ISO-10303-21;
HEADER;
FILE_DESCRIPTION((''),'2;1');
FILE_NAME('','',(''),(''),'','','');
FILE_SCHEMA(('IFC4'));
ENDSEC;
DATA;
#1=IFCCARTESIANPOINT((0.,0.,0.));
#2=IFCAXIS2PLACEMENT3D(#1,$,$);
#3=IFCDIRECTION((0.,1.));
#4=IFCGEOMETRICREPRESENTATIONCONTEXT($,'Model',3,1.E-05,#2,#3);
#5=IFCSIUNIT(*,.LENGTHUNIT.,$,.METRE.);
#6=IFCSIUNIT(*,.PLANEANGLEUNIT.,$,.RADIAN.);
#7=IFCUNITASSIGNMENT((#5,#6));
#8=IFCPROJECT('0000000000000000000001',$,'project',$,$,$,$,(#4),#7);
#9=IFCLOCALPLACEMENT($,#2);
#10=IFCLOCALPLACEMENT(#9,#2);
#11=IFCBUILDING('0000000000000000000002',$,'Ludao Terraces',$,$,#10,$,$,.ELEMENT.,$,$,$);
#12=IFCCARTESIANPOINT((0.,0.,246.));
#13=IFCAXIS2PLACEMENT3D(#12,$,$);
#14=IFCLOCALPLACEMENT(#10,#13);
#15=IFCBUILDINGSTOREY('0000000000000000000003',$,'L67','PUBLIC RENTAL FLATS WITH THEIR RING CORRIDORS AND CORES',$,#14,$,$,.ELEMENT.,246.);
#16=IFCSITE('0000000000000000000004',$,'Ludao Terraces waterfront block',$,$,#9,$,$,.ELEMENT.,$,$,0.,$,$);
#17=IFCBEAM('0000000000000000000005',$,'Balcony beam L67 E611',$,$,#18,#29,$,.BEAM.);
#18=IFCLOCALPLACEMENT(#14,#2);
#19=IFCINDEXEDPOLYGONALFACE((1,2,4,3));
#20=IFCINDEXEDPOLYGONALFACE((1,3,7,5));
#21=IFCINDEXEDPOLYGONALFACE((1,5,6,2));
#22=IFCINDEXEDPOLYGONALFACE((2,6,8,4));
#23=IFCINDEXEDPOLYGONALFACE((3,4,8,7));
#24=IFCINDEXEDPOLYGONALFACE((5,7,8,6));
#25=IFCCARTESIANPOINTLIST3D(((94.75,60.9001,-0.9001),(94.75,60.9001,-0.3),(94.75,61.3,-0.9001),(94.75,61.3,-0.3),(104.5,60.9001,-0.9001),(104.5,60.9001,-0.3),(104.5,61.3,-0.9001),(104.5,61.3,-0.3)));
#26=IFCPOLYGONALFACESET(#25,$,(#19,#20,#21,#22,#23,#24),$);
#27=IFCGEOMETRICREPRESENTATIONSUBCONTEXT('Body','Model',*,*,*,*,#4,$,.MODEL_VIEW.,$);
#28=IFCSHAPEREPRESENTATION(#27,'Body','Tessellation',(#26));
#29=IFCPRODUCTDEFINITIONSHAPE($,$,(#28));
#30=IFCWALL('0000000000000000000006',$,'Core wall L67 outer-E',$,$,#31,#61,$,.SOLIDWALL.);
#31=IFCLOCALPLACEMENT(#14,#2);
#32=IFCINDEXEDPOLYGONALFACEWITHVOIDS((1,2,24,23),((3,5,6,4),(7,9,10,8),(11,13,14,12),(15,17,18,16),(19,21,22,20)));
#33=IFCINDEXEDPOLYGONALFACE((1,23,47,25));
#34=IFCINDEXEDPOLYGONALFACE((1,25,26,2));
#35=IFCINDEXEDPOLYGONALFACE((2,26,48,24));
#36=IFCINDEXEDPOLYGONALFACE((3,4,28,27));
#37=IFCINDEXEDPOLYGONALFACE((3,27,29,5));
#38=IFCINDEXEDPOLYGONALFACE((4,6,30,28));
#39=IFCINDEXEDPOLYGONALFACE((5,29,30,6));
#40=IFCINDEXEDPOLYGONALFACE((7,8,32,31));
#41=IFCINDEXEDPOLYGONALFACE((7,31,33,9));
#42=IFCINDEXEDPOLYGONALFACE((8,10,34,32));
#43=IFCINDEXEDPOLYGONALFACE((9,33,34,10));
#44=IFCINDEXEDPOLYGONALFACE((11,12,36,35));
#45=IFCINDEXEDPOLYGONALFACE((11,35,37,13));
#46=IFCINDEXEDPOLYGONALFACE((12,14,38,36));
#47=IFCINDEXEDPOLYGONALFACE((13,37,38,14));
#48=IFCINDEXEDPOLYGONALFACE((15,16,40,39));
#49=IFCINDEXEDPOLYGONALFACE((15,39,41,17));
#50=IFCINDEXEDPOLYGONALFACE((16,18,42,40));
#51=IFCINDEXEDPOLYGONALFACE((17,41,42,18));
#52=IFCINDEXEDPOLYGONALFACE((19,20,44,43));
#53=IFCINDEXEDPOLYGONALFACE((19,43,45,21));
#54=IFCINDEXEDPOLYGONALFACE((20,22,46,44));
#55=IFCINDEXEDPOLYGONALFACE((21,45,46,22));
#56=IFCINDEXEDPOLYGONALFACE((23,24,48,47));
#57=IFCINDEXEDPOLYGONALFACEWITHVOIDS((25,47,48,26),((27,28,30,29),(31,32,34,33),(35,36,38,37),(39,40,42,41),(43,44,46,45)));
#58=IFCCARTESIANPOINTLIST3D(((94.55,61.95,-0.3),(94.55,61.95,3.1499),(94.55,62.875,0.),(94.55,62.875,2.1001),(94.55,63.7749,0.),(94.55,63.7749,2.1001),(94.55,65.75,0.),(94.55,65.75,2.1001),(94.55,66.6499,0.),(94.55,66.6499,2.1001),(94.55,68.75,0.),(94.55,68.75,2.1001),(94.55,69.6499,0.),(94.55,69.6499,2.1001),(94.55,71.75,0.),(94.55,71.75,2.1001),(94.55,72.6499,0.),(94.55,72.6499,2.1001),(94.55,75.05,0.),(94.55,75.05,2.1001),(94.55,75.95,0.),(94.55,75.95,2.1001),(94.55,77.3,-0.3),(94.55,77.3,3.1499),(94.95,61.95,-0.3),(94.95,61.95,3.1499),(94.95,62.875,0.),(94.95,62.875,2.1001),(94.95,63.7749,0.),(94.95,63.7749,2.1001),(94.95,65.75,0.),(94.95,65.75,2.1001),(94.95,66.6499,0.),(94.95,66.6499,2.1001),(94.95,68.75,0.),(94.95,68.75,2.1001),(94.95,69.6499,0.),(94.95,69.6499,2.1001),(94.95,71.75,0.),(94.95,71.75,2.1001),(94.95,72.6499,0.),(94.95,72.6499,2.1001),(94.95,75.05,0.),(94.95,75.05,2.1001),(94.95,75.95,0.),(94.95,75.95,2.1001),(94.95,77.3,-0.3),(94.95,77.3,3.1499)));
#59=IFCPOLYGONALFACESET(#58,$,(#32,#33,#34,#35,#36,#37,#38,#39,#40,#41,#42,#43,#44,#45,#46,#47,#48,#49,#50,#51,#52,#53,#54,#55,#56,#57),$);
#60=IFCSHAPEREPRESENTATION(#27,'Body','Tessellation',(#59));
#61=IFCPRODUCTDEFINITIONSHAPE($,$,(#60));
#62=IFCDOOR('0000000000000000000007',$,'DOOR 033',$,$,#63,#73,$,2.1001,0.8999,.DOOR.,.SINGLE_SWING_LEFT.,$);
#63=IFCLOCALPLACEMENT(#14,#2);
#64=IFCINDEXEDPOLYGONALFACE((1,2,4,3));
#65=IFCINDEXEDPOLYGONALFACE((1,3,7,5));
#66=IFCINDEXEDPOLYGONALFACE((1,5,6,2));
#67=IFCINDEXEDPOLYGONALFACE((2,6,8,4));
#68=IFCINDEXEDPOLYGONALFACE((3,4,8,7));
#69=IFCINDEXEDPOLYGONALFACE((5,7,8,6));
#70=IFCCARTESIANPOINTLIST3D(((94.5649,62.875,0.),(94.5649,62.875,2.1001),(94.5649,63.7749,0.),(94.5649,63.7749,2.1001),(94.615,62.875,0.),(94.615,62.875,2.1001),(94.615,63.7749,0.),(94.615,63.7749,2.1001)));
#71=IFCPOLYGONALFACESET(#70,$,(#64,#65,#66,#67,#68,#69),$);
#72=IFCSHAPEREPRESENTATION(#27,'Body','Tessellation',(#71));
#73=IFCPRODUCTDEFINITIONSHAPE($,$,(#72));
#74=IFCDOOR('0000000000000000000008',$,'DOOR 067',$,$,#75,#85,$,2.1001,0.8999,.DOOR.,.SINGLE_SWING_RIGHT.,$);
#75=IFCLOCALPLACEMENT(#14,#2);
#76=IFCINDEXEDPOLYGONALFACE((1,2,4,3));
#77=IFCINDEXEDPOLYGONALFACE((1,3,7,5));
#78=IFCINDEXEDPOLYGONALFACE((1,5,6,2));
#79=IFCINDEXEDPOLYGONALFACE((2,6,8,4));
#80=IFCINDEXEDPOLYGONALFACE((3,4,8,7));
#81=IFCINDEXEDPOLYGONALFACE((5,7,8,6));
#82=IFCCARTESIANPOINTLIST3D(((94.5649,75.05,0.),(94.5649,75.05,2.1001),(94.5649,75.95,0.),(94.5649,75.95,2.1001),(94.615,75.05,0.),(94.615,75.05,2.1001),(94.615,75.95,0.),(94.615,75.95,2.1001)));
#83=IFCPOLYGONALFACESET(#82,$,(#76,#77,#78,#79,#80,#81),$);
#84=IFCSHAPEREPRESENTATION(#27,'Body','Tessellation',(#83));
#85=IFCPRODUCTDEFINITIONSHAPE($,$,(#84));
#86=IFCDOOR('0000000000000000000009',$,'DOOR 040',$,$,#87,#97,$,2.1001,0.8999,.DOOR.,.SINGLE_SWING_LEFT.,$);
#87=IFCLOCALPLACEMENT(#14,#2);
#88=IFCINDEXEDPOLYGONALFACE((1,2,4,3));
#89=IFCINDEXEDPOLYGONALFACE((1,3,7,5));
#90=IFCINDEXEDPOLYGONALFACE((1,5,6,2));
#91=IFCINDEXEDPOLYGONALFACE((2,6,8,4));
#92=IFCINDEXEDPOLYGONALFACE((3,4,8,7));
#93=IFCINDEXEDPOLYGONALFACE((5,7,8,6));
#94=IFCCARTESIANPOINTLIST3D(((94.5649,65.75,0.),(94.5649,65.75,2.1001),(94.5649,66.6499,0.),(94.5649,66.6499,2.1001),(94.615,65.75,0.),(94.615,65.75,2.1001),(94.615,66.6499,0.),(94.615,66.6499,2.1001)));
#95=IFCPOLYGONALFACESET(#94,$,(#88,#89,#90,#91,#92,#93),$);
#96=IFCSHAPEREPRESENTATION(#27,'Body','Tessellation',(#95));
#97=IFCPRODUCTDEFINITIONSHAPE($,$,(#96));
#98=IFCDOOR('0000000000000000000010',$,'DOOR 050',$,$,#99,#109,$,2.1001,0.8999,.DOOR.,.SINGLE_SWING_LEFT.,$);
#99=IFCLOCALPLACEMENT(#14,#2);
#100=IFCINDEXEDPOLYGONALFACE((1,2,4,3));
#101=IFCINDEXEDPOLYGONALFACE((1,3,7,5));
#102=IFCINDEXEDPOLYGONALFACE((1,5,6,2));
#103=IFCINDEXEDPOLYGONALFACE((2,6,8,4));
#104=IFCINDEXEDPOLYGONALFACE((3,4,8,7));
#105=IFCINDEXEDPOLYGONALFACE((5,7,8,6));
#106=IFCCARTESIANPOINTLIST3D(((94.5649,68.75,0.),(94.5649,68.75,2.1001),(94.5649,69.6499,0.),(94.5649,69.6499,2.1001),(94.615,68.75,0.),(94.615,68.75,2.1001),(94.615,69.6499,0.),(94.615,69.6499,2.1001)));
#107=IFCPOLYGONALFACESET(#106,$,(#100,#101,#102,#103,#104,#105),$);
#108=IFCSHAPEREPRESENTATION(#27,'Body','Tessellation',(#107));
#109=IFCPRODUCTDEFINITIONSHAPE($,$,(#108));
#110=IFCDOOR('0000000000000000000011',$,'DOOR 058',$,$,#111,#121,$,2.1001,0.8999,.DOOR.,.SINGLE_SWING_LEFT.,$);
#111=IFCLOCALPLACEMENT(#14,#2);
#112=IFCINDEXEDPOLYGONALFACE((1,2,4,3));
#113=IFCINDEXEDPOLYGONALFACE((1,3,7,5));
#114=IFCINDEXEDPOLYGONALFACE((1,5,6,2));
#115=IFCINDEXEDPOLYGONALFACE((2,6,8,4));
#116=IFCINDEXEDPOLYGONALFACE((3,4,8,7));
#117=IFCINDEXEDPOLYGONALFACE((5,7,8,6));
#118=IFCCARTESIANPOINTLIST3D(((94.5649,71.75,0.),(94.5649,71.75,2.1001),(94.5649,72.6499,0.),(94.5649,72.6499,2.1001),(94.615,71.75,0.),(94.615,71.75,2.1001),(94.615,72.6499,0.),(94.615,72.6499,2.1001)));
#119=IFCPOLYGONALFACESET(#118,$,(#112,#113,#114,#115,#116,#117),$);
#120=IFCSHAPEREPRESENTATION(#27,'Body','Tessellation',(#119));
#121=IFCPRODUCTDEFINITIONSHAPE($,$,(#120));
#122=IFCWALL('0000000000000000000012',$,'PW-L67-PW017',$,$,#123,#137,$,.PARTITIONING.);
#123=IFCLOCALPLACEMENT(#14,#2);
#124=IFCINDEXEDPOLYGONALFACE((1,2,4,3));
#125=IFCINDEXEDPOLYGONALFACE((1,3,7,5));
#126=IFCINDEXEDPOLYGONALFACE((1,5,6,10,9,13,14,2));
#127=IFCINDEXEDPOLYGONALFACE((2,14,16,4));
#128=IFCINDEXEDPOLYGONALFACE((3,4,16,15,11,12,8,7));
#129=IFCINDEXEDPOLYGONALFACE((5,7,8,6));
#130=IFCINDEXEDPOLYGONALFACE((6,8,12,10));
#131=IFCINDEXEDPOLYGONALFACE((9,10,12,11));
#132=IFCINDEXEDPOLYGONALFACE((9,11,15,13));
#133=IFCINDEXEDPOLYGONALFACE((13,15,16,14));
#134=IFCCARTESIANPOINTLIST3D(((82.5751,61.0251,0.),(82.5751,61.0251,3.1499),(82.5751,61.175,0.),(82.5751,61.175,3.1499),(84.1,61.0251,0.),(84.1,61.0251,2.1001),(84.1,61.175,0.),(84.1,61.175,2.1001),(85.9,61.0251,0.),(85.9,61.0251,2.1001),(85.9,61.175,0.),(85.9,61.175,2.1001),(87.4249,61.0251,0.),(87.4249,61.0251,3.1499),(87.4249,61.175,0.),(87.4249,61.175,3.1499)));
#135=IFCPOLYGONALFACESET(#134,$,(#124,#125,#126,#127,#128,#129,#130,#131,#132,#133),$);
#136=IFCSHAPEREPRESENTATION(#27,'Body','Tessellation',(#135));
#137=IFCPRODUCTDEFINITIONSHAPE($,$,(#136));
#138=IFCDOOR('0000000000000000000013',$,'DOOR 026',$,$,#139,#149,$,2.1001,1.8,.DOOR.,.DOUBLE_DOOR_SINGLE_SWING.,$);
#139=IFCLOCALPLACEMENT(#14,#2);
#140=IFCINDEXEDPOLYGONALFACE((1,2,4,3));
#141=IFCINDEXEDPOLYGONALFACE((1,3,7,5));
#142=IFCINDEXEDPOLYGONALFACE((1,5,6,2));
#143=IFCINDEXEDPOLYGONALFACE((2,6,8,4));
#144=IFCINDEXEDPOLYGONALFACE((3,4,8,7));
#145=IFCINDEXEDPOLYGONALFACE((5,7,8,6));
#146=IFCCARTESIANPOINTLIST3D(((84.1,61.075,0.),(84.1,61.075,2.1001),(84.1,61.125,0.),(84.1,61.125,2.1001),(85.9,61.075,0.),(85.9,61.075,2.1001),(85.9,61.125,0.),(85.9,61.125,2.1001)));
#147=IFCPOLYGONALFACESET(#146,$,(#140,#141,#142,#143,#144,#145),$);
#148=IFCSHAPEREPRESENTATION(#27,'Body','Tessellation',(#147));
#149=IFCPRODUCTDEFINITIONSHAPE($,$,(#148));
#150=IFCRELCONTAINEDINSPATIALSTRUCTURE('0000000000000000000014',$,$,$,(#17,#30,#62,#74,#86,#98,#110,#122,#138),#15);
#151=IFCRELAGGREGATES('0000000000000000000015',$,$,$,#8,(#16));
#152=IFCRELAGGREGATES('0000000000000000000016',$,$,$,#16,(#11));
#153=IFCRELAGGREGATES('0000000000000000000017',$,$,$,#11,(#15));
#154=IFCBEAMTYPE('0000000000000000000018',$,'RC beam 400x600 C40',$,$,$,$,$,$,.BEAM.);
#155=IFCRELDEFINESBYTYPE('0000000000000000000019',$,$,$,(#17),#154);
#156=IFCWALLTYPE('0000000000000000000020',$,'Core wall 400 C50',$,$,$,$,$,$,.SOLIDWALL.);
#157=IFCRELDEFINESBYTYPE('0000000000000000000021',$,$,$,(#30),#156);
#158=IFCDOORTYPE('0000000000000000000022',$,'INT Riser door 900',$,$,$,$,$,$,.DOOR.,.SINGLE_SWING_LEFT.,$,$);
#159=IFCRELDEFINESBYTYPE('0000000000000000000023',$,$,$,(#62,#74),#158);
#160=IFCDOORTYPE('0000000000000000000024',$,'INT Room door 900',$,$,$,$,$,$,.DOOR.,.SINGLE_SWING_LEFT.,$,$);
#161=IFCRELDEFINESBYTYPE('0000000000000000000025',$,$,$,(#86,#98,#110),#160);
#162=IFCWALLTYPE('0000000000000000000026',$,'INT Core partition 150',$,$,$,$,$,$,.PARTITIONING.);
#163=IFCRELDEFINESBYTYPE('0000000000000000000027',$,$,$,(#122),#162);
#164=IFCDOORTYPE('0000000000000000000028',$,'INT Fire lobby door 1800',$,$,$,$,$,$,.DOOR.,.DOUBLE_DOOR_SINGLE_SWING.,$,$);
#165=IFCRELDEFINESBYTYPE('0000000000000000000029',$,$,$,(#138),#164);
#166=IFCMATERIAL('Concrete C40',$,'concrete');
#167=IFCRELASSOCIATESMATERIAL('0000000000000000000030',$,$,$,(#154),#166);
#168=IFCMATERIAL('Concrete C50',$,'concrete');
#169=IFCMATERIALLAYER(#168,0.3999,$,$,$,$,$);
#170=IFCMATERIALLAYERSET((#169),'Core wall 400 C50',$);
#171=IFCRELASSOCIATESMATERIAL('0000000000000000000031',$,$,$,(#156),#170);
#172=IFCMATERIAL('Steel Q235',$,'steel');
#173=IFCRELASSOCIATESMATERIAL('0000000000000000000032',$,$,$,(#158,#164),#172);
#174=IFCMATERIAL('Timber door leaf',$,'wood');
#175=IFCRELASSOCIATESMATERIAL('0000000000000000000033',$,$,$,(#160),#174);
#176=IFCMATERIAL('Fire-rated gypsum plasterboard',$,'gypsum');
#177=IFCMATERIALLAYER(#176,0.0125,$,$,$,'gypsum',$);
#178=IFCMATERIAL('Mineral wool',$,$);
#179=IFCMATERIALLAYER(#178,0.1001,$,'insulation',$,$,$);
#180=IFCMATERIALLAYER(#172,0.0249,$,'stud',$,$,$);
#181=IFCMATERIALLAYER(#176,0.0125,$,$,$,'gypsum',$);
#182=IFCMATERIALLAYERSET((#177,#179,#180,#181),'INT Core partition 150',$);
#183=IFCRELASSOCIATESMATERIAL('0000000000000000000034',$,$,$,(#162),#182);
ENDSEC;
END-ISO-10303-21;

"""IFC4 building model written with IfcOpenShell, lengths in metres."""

from ifc_helpers import new_model, si_unit, direction, frame, frame_2d, origin, origin_2d, place, context, subcontext, project, spatial, rectangle, extrude, material, layer, layer_set, material_profile, profile_set, type_object, element, fill, save


model = new_model("IFC4")

# Units and contexts
model_context = context("Model", 3, precision=1e-05, world=origin(), true_north=direction((0.0, 1.0)))
body_context = subcontext(model_context, "Body", "Model", "MODEL_VIEW")
ifc_project = project(units=[si_unit("LENGTHUNIT", "METRE"), si_unit("PLANEANGLEUNIT", "RADIAN")], contexts=[model_context])

# Site, building, storey
site_placement = place(None, origin())
site = spatial("IfcSite", under=ifc_project, at=site_placement, Name="Ludao Terraces waterfront block", CompositionType="ELEMENT", RefElevation=0.0)
building_placement = place(site_placement, origin())
building = spatial("IfcBuilding", under=site, at=building_placement, Name="Ludao Terraces", CompositionType="ELEMENT")
storey_placement = place(building_placement, frame((0.0, 0.0, 246.0)))
storey = spatial("IfcBuildingStorey", under=building, at=storey_placement, Name="L67", Description="PUBLIC RENTAL FLATS WITH THEIR RING CORRIDORS AND CORES", CompositionType="ELEMENT", Elevation=246.0)

# Beam
ifc_material_1 = material(Name="Concrete C40", Category="concrete")
ifc_material_profile = material_profile(ifc_material_1, rectangle(XDim=0.3999, YDim=0.6001, at=origin_2d()), Name="400 X 600")
ifc_profile_set = profile_set([ifc_material_profile], Name="Concrete C40")
beam_type = type_object("IfcBeamType", Name="RC beam 400x600 C40", PredefinedType="BEAM", material=ifc_profile_set)
beam_placement = place(storey_placement, frame((94.75, 61.1001, -0.6001), z_axis=(1.0, 0.0, 0.0), x_axis=(0.0, 1.0, 0.0)))
element("IfcBeam", 1, at=beam_placement, inside=storey, type_object=beam_type, Name="Balcony beam L67 E611", PredefinedType="BEAM", context=body_context, shape_type="SweptSolid", body=[
    extrude(rectangle(XDim=0.3999, YDim=0.6001, at=origin_2d()), origin(), (0.0, 0.0, 1.0), 9.75),
])

# Wall, openings, doors
ifc_material_2 = material(Name="Concrete C50", Category="concrete")
ifc_layer_1 = layer(ifc_material_2, 0.3999)
ifc_layer_set_1 = layer_set([ifc_layer_1], Name="Core wall 400 C50")
wall_type_1 = type_object("IfcWallType", Name="Core wall 400 C50", PredefinedType="SOLIDWALL", material=ifc_layer_set_1)
wall_1_placement = place(storey_placement, frame((94.75, 61.95, -0.3), z_axis=(0.0, 0.0, 1.0), x_axis=(0.0, 1.0, 0.0)))
wall_1 = element("IfcWall", 2, at=wall_1_placement, inside=storey, type_object=wall_type_1, Name="Core wall L67 outer-E", PredefinedType="SOLIDWALL", context=body_context, shape_type="SweptSolid", body=[
    extrude(rectangle(XDim=15.3501, YDim=0.3999, at=frame_2d((7.675, 0.0))), origin(), (0.0, 0.0, 1.0), 3.45),
])
opening_1_placement = place(wall_1_placement, frame((0.925, 0.0, 0.3)))
opening_1 = element("IfcOpeningElement", 3, at=opening_1_placement, cuts=wall_1, PredefinedType="OPENING", context=body_context, shape_type="SweptSolid", body=[
    extrude(rectangle(XDim=0.8999, YDim=2.1001, at=frame_2d((0.45, 1.05))), frame((0.0, 0.21, 0.0), z_axis=(0.0, -1.0, 0.0), x_axis=(1.0, 0.0, 0.0)), (0.0, 0.0, 1.0), 0.4199),
])
opening_2_placement = place(wall_1_placement, frame((3.8, 0.0, 0.3)))
opening_2 = element("IfcOpeningElement", 4, at=opening_2_placement, cuts=wall_1, PredefinedType="OPENING", context=body_context, shape_type="SweptSolid", body=[
    extrude(rectangle(XDim=0.8999, YDim=2.1001, at=frame_2d((0.45, 1.05))), frame((0.0, 0.21, 0.0), z_axis=(0.0, -1.0, 0.0), x_axis=(1.0, 0.0, 0.0)), (0.0, 0.0, 1.0), 0.4199),
])
opening_3_placement = place(wall_1_placement, frame((6.8, 0.0, 0.3)))
opening_3 = element("IfcOpeningElement", 5, at=opening_3_placement, cuts=wall_1, PredefinedType="OPENING", context=body_context, shape_type="SweptSolid", body=[
    extrude(rectangle(XDim=0.8999, YDim=2.1001, at=frame_2d((0.45, 1.05))), frame((0.0, 0.21, 0.0), z_axis=(0.0, -1.0, 0.0), x_axis=(1.0, 0.0, 0.0)), (0.0, 0.0, 1.0), 0.4199),
])
opening_4_placement = place(wall_1_placement, frame((9.8, 0.0, 0.3)))
opening_4 = element("IfcOpeningElement", 6, at=opening_4_placement, cuts=wall_1, PredefinedType="OPENING", context=body_context, shape_type="SweptSolid", body=[
    extrude(rectangle(XDim=0.8999, YDim=2.1001, at=frame_2d((0.45, 1.05))), frame((0.0, 0.21, 0.0), z_axis=(0.0, -1.0, 0.0), x_axis=(1.0, 0.0, 0.0)), (0.0, 0.0, 1.0), 0.4199),
])
opening_5_placement = place(wall_1_placement, frame((13.1001, 0.0, 0.3)))
opening_5 = element("IfcOpeningElement", 7, at=opening_5_placement, cuts=wall_1, PredefinedType="OPENING", context=body_context, shape_type="SweptSolid", body=[
    extrude(rectangle(XDim=0.8999, YDim=2.1001, at=frame_2d((0.45, 1.05))), frame((0.0, 0.21, 0.0), z_axis=(0.0, -1.0, 0.0), x_axis=(1.0, 0.0, 0.0)), (0.0, 0.0, 1.0), 0.4199),
])
ifc_material_3 = material(Name="Steel Q235", Category="steel")
door_type_1 = type_object("IfcDoorType", Name="INT Riser door 900", OperationType="SINGLE_SWING_LEFT", PredefinedType="DOOR", material=ifc_material_3)
door_1_placement = place(opening_1_placement, origin())
door_1 = element("IfcDoor", 8, at=door_1_placement, inside=storey, type_object=door_type_1, Name="DOOR 033", OperationType="SINGLE_SWING_LEFT", OverallHeight=2.1001, OverallWidth=0.8999, PredefinedType="DOOR", context=body_context, shape_type="SweptSolid", body=[
    extrude(rectangle(XDim=0.8999, YDim=2.1001, at=frame_2d((0.45, 1.05))), frame((0.0, 0.1851, 0.0), z_axis=(0.0, -1.0, 0.0), x_axis=(1.0, 0.0, 0.0)), (0.0, 0.0, 1.0), 0.05),
])
fill(opening_1, door_1)
door_2_placement = place(opening_5_placement, origin())
door_2 = element("IfcDoor", 9, at=door_2_placement, inside=storey, type_object=door_type_1, Name="DOOR 067", OperationType="SINGLE_SWING_RIGHT", OverallHeight=2.1001, OverallWidth=0.8999, PredefinedType="DOOR", context=body_context, shape_type="SweptSolid", body=[
    extrude(rectangle(XDim=0.8999, YDim=2.1001, at=frame_2d((0.45, 1.05))), frame((0.0, 0.1851, 0.0), z_axis=(0.0, -1.0, 0.0), x_axis=(1.0, 0.0, 0.0)), (0.0, 0.0, 1.0), 0.05),
])
fill(opening_5, door_2)
ifc_material_4 = material(Name="Timber door leaf", Category="wood")
door_type_2 = type_object("IfcDoorType", Name="INT Room door 900", OperationType="SINGLE_SWING_LEFT", PredefinedType="DOOR", material=ifc_material_4)
door_3_placement = place(opening_2_placement, origin())
door_3 = element("IfcDoor", 10, at=door_3_placement, inside=storey, type_object=door_type_2, Name="DOOR 040", OperationType="SINGLE_SWING_LEFT", OverallHeight=2.1001, OverallWidth=0.8999, PredefinedType="DOOR", context=body_context, shape_type="SweptSolid", body=[
    extrude(rectangle(XDim=0.8999, YDim=2.1001, at=frame_2d((0.45, 1.05))), frame((0.0, 0.1851, 0.0), z_axis=(0.0, -1.0, 0.0), x_axis=(1.0, 0.0, 0.0)), (0.0, 0.0, 1.0), 0.05),
])
fill(opening_2, door_3)
door_4_placement = place(opening_3_placement, origin())
door_4 = element("IfcDoor", 11, at=door_4_placement, inside=storey, type_object=door_type_2, Name="DOOR 050", OperationType="SINGLE_SWING_LEFT", OverallHeight=2.1001, OverallWidth=0.8999, PredefinedType="DOOR", context=body_context, shape_type="SweptSolid", body=[
    extrude(rectangle(XDim=0.8999, YDim=2.1001, at=frame_2d((0.45, 1.05))), frame((0.0, 0.1851, 0.0), z_axis=(0.0, -1.0, 0.0), x_axis=(1.0, 0.0, 0.0)), (0.0, 0.0, 1.0), 0.05),
])
fill(opening_3, door_4)
door_5_placement = place(opening_4_placement, origin())
door_5 = element("IfcDoor", 12, at=door_5_placement, inside=storey, type_object=door_type_2, Name="DOOR 058", OperationType="SINGLE_SWING_LEFT", OverallHeight=2.1001, OverallWidth=0.8999, PredefinedType="DOOR", context=body_context, shape_type="SweptSolid", body=[
    extrude(rectangle(XDim=0.8999, YDim=2.1001, at=frame_2d((0.45, 1.05))), frame((0.0, 0.1851, 0.0), z_axis=(0.0, -1.0, 0.0), x_axis=(1.0, 0.0, 0.0)), (0.0, 0.0, 1.0), 0.05),
])
fill(opening_4, door_5)

# Wall, opening, door
ifc_material_5 = material(Name="Fire-rated gypsum plasterboard", Category="gypsum")
ifc_layer_2 = layer(ifc_material_5, 0.0125, Category="gypsum")
ifc_material_6 = material(Name="Mineral wool")
ifc_layer_3 = layer(ifc_material_6, 0.1001, Name="insulation")
ifc_layer_4 = layer(ifc_material_3, 0.0249, Name="stud")
ifc_layer_5 = layer(ifc_material_5, 0.0125, Category="gypsum")
ifc_layer_set_2 = layer_set([ifc_layer_2, ifc_layer_3, ifc_layer_4, ifc_layer_5], Name="INT Core partition 150")
wall_type_2 = type_object("IfcWallType", Name="INT Core partition 150", PredefinedType="PARTITIONING", material=ifc_layer_set_2)
wall_2_placement = place(storey_placement, frame((82.5752, 61.1001, 0.0), z_axis=(0.0, 0.0, 1.0), x_axis=(1.0, 0.0, 0.0)))
wall_2 = element("IfcWall", 13, at=wall_2_placement, inside=storey, type_object=wall_type_2, Name="PW-L67-PW017", PredefinedType="PARTITIONING", context=body_context, shape_type="SweptSolid", body=[
    extrude(rectangle(XDim=4.8499, YDim=0.1499, at=frame_2d((2.4248, 0.0))), origin(), (0.0, 0.0, 1.0), 3.1499),
])
opening_6_placement = place(wall_2_placement, frame((1.5249, 0.0, 0.0)))
opening_6 = element("IfcOpeningElement", 14, at=opening_6_placement, cuts=wall_2, PredefinedType="OPENING", context=body_context, shape_type="SweptSolid", body=[
    extrude(rectangle(XDim=1.8, YDim=2.1001, at=frame_2d((0.8999, 1.05))), frame((0.0, 0.085, 0.0), z_axis=(0.0, -1.0, 0.0), x_axis=(1.0, 0.0, 0.0)), (0.0, 0.0, 1.0), 0.1699),
])
door_type_3 = type_object("IfcDoorType", Name="INT Fire lobby door 1800", OperationType="DOUBLE_DOOR_SINGLE_SWING", PredefinedType="DOOR", material=ifc_material_3)
door_6_placement = place(opening_6_placement, origin())
door_6 = element("IfcDoor", 15, at=door_6_placement, inside=storey, type_object=door_type_3, Name="DOOR 026", OperationType="DOUBLE_DOOR_SINGLE_SWING", OverallHeight=2.1001, OverallWidth=1.8, PredefinedType="DOOR", context=body_context, shape_type="SweptSolid", body=[
    extrude(rectangle(XDim=1.8, YDim=2.1001, at=frame_2d((0.8999, 1.05))), frame((0.0, 0.0249, 0.0), z_axis=(0.0, -1.0, 0.0), x_axis=(1.0, 0.0, 0.0)), (0.0, 0.0, 1.0), 0.05),
])
fill(opening_6, door_6)

save(model, "model.ifc")
